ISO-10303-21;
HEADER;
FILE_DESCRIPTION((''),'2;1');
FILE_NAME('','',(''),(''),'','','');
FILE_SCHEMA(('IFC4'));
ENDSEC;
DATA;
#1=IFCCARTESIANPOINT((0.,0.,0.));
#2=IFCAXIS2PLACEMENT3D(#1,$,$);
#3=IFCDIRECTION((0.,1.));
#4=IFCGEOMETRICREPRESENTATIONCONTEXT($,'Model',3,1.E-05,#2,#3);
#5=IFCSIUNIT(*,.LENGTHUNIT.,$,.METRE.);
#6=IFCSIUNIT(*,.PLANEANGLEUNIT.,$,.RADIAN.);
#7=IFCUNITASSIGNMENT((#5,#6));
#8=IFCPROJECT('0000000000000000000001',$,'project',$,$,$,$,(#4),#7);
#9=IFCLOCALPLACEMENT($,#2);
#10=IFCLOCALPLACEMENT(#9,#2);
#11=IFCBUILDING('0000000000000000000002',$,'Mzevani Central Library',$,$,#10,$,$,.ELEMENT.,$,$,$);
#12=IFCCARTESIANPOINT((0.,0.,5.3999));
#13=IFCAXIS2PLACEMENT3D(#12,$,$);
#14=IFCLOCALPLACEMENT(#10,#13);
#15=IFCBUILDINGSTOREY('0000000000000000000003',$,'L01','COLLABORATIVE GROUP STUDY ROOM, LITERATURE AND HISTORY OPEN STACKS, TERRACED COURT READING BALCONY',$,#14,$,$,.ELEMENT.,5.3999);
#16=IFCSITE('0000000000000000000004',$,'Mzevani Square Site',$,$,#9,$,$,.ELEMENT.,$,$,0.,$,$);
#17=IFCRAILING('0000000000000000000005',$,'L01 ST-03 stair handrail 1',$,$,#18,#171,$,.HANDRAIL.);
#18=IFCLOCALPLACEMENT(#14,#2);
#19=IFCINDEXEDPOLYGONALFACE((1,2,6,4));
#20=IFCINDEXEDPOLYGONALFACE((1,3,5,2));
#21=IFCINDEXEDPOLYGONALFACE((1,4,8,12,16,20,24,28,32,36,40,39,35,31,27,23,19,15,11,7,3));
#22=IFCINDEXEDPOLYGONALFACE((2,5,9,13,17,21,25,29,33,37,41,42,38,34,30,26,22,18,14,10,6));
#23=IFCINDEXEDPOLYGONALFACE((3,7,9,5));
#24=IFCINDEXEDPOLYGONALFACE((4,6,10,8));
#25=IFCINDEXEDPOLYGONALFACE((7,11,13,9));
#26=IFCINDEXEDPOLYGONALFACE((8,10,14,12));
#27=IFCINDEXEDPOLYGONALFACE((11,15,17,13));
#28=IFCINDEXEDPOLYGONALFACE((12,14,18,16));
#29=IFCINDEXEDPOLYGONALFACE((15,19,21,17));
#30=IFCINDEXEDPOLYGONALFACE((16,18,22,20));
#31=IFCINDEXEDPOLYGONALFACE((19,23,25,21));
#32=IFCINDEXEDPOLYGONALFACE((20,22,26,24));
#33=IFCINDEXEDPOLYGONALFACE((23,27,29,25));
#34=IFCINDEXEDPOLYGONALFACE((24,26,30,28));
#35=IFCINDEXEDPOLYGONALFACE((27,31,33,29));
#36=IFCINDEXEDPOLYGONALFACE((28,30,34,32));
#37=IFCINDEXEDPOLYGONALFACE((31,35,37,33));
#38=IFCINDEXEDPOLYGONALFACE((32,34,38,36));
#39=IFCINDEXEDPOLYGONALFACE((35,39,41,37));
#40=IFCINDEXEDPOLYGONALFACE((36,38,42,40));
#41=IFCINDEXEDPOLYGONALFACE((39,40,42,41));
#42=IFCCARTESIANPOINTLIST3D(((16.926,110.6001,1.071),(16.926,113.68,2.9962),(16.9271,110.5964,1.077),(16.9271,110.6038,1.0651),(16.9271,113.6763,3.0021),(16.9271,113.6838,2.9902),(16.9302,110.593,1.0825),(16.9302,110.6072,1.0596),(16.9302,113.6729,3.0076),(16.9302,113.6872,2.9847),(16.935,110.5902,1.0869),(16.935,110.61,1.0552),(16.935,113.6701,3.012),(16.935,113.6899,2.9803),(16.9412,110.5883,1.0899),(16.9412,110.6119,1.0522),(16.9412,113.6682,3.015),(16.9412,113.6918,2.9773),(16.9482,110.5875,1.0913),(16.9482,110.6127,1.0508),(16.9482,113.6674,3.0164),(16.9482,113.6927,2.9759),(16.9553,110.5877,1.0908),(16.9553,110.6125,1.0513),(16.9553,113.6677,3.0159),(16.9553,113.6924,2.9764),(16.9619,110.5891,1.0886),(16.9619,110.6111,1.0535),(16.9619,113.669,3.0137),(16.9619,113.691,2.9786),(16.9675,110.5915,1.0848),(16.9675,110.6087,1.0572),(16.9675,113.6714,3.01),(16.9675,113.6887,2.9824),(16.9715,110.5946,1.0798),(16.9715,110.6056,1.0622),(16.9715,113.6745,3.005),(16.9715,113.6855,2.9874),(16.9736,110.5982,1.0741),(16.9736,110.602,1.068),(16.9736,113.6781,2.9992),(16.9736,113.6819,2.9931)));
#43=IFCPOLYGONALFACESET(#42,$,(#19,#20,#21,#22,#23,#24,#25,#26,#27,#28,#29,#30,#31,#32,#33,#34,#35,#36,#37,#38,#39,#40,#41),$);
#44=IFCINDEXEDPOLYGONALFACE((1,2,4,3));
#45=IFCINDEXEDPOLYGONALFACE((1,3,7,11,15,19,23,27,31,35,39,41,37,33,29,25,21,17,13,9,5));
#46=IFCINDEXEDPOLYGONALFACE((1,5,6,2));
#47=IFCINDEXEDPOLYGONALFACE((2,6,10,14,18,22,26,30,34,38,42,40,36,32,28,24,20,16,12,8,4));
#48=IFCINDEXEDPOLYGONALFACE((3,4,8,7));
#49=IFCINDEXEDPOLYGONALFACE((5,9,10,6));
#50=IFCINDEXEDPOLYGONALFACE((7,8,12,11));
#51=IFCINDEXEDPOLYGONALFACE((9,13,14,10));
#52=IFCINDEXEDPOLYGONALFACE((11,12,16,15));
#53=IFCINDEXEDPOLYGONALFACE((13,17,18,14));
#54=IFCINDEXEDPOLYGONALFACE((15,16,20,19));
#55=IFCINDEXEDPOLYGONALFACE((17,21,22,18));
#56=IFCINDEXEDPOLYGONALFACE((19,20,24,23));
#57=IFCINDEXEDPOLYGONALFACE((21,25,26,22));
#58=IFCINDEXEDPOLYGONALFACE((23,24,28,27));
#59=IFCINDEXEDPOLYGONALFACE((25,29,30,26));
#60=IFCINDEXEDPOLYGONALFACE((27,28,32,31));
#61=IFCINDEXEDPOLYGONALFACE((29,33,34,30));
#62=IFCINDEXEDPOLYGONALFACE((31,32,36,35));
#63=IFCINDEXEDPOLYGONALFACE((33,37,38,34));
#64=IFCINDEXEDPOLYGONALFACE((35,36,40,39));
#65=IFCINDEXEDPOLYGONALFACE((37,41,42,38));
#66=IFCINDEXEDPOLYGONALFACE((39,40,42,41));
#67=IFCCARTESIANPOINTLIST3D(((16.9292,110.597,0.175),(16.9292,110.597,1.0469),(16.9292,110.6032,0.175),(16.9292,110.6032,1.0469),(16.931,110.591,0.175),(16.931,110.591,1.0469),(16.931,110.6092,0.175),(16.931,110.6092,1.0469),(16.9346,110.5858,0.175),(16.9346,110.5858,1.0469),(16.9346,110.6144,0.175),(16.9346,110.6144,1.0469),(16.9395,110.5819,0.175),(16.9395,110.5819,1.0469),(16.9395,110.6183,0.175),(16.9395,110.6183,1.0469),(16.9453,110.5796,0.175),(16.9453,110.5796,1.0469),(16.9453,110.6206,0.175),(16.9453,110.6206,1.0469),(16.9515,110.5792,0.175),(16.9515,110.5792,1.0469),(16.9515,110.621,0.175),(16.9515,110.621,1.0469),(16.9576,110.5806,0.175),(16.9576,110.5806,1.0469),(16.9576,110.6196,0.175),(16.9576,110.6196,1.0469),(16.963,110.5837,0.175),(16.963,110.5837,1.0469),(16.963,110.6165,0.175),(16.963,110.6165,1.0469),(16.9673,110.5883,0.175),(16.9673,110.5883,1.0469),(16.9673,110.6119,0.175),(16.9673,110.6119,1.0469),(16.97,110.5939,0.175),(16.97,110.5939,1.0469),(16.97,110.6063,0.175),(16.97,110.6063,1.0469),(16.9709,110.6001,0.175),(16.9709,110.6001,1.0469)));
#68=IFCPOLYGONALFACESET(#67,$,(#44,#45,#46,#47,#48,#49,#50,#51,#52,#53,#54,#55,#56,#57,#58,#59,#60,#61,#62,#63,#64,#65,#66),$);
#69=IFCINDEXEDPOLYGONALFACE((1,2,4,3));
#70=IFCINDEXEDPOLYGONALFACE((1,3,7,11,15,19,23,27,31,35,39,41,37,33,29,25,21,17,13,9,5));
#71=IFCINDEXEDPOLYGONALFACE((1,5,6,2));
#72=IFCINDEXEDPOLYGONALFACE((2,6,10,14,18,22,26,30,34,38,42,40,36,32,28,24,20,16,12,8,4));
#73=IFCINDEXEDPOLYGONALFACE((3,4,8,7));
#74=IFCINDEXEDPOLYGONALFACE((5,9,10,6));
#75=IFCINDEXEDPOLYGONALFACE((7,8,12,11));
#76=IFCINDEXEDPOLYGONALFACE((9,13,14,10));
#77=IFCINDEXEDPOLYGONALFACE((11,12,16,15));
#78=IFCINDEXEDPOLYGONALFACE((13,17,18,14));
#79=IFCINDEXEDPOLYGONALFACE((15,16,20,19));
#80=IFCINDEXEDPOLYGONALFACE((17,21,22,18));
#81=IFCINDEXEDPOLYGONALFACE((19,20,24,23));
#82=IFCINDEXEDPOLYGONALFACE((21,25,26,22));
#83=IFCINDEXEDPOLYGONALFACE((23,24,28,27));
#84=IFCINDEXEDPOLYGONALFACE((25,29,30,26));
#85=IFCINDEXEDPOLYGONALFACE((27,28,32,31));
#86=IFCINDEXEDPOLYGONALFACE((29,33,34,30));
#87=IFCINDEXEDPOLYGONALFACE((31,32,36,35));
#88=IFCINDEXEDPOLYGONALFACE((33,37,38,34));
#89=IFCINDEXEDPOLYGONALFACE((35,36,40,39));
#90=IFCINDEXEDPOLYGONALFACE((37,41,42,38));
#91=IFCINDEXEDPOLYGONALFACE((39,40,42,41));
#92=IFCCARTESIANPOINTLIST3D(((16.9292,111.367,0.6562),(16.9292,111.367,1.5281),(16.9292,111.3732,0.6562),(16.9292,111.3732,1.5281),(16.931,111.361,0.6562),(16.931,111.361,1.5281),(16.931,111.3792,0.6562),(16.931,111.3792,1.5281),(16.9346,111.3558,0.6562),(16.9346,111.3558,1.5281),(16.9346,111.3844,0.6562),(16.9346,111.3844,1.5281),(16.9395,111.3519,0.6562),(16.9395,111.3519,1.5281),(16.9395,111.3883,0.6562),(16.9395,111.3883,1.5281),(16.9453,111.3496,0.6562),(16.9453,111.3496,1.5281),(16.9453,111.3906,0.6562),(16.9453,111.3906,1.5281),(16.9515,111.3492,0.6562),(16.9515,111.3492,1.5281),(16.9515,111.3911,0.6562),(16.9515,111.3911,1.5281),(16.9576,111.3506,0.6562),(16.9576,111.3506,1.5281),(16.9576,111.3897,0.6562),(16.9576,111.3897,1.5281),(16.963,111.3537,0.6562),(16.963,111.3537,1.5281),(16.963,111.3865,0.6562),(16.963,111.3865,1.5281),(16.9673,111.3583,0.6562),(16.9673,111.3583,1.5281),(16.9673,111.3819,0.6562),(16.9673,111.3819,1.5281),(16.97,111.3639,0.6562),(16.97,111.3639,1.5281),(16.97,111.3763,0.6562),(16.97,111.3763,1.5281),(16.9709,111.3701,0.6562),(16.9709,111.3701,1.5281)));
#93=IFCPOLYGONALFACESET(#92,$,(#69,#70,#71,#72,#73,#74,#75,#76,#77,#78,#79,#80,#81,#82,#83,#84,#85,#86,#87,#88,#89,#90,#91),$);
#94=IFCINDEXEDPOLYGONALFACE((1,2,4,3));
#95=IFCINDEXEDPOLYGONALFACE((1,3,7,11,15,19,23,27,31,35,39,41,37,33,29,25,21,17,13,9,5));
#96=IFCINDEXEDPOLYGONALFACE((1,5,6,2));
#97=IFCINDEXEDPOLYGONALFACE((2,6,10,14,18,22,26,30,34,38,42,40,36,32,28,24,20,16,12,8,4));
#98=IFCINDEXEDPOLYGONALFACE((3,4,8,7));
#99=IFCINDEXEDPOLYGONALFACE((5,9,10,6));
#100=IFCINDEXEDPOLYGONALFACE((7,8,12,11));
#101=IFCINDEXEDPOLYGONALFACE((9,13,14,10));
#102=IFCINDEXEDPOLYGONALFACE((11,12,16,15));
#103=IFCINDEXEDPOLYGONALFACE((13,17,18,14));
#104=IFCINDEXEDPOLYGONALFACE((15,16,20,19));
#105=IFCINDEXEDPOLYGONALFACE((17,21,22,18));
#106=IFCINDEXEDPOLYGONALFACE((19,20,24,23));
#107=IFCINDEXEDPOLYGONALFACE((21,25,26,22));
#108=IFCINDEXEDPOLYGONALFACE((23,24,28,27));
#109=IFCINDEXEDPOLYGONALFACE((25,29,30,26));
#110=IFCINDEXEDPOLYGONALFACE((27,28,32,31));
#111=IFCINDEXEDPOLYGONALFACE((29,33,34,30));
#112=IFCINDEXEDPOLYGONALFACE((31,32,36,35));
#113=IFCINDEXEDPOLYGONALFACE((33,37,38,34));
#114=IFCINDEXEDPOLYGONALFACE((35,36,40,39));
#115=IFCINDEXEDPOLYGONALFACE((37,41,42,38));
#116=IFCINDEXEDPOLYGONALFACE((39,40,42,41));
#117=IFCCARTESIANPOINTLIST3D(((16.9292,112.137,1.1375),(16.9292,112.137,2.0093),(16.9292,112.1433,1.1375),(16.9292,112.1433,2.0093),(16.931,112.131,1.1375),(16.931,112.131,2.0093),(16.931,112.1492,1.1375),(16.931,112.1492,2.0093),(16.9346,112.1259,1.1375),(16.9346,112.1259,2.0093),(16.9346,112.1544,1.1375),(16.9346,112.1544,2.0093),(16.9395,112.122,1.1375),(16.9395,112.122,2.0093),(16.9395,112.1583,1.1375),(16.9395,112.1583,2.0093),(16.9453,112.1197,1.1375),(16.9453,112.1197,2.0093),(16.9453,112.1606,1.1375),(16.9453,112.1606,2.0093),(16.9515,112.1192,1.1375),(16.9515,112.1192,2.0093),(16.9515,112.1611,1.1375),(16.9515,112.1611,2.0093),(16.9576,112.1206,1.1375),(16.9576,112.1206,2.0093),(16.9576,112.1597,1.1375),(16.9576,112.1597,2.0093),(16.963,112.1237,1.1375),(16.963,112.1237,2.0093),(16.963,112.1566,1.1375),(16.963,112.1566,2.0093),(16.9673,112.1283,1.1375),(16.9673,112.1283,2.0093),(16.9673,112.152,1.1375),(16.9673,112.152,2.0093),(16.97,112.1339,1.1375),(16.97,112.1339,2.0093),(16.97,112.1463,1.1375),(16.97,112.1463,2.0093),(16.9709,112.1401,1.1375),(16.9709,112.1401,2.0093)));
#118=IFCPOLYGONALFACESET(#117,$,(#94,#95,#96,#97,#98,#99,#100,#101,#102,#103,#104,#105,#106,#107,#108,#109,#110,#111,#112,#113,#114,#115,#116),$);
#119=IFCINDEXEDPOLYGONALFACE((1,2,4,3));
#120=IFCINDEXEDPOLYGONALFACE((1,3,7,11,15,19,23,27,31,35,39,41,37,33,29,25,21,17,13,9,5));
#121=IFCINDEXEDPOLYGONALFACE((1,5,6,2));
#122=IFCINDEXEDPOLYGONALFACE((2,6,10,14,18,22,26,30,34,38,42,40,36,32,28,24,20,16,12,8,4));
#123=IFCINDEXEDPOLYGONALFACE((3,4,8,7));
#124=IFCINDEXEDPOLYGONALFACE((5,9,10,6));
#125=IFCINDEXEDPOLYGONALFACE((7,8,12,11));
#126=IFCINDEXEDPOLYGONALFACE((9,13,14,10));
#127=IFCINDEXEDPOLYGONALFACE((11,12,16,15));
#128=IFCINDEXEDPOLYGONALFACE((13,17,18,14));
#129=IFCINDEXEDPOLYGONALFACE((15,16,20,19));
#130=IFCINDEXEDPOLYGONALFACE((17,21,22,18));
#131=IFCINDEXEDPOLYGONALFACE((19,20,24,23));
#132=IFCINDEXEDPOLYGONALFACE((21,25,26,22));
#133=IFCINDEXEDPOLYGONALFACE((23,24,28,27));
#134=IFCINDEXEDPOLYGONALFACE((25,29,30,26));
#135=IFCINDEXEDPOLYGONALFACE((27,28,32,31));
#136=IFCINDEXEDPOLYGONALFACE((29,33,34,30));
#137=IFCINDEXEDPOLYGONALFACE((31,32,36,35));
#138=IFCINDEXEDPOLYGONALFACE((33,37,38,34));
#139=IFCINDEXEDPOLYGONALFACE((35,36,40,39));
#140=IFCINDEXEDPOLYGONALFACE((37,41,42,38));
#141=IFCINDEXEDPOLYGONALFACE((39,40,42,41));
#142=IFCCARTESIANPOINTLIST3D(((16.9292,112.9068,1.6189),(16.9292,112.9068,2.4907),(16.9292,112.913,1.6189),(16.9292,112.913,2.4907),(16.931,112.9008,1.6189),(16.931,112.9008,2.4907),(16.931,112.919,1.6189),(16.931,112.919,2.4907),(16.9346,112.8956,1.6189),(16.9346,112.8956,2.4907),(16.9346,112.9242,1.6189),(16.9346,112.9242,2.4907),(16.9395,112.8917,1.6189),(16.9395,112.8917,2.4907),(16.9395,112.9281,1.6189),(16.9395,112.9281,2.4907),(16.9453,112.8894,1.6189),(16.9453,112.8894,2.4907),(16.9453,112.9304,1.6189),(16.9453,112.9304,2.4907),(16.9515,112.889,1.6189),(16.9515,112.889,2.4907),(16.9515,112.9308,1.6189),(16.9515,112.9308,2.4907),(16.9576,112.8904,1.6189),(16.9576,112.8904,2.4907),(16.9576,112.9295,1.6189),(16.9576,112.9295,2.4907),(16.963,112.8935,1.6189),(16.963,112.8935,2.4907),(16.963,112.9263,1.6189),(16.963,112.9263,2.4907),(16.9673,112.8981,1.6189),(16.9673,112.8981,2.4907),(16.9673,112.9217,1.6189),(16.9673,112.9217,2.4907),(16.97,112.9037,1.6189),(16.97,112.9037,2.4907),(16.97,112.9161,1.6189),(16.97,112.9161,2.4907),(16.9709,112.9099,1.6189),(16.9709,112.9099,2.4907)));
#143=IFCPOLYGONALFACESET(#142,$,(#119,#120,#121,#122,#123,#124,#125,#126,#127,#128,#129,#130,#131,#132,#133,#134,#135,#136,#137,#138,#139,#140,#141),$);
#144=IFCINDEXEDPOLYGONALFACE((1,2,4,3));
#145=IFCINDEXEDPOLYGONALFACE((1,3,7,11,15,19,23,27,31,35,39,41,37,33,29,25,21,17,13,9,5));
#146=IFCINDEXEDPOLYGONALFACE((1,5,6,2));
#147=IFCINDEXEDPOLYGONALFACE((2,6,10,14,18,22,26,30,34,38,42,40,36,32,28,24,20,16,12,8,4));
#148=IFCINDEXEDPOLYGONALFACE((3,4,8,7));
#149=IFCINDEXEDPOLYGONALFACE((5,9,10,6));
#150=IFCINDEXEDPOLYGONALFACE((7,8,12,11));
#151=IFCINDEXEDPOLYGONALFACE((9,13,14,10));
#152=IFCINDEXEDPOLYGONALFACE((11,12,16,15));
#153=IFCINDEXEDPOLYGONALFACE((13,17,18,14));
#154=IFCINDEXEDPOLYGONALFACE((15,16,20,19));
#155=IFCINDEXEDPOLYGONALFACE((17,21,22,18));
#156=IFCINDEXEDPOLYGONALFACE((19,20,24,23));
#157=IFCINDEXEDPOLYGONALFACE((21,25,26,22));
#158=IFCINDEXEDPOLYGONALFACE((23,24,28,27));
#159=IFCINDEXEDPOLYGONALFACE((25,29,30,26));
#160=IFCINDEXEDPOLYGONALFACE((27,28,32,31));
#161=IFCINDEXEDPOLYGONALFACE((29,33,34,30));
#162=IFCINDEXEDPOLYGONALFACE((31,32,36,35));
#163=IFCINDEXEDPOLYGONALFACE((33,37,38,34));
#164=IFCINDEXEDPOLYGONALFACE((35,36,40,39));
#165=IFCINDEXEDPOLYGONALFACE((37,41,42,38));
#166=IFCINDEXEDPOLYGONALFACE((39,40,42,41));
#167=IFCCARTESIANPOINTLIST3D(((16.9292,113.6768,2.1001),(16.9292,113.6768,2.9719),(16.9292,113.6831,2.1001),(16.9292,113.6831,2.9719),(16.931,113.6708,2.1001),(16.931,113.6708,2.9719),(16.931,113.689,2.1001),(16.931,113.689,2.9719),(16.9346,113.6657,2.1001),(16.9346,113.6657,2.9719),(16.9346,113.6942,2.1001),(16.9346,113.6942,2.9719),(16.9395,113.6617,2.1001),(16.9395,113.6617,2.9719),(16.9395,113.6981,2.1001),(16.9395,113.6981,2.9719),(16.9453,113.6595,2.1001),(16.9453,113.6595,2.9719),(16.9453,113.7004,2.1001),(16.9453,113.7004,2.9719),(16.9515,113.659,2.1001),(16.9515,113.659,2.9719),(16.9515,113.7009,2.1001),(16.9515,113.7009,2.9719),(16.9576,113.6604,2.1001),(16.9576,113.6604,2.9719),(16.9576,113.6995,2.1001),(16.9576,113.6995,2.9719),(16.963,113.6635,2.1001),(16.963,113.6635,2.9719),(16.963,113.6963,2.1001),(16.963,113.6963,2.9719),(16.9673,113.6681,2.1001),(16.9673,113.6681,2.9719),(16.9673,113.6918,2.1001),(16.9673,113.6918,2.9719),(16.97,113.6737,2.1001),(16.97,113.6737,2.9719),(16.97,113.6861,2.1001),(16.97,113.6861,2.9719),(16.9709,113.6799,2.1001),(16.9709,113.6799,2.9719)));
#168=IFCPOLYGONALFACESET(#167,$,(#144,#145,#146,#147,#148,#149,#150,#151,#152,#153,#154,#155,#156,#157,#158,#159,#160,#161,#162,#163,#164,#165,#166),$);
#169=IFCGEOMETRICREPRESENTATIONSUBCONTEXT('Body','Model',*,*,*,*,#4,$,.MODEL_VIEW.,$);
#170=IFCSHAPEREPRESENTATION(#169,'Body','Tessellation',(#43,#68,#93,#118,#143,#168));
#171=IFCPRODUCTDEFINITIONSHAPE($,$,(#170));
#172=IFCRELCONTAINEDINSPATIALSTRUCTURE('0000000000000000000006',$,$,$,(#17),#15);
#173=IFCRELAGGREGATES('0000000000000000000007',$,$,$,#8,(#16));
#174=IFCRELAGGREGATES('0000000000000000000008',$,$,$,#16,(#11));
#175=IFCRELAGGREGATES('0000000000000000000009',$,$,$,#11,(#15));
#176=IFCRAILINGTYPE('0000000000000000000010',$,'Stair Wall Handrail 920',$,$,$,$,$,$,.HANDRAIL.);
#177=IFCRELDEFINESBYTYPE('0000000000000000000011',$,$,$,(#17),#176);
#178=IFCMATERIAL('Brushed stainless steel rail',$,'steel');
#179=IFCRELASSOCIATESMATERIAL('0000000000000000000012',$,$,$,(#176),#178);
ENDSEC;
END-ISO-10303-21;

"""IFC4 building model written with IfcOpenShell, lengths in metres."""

from ifc_helpers import new_model, si_unit, direction, frame, origin, origin_2d, place, context, subcontext, project, spatial, circle, extrude, material, type_object, element, save


model = new_model("IFC4")

# Units and contexts
model_context = context("Model", 3, precision=1e-05, world=origin(), true_north=direction((0.0, 1.0)))
body_context = subcontext(model_context, "Body", "Model", "MODEL_VIEW")
ifc_project = project(units=[si_unit("LENGTHUNIT", "METRE"), si_unit("PLANEANGLEUNIT", "RADIAN")], contexts=[model_context])

# Site, building, storey
site_placement = place(None, origin())
site = spatial("IfcSite", under=ifc_project, at=site_placement, Name="Mzevani Square Site", CompositionType="ELEMENT", RefElevation=0.0)
building_placement = place(site_placement, origin())
building = spatial("IfcBuilding", under=site, at=building_placement, Name="Mzevani Central Library", CompositionType="ELEMENT")
storey_placement = place(building_placement, frame((0.0, 0.0, 5.3999)))
storey = spatial("IfcBuildingStorey", under=building, at=storey_placement, Name="L01", Description="COLLABORATIVE GROUP STUDY ROOM, LITERATURE AND HISTORY OPEN STACKS, TERRACED COURT READING BALCONY", CompositionType="ELEMENT", Elevation=5.3999)

# Railing
ifc_material_1 = material(Name="Brushed stainless steel rail", Category="steel")
railing_type_1 = type_object("IfcRailingType", Name="Stair Wall Handrail 920", PredefinedType="HANDRAIL", material=ifc_material_1)
railing_1_placement = place(storey_placement, frame((16.95, 110.6001, 0.175)))
element("IfcRailing", 1, at=railing_1_placement, inside=storey, type_object=railing_type_1, Name="L01 ST-03 stair handrail 1", PredefinedType="HANDRAIL", context=body_context, shape_type="SweptSolid", body=[
    extrude(circle(Radius=0.0239, at=origin_2d()), frame((0.0, 0.0, 0.896), z_axis=(0.0, 0.847979, 0.530029), x_axis=(-1.0, 0.0, 0.0)), (0.0, 0.0, 1.0), 3.6321),
    extrude(circle(Radius=0.021, at=origin_2d()), origin(), (0.0, 0.0, 1.0), 0.8718),
    extrude(circle(Radius=0.021, at=origin_2d()), frame((0.0, 0.77, 0.4812)), (0.0, 0.0, 1.0), 0.8718),
    extrude(circle(Radius=0.021, at=origin_2d()), frame((0.0, 1.54, 0.9624)), (0.0, 0.0, 1.0), 0.8718),
    extrude(circle(Radius=0.021, at=origin_2d()), frame((0.0, 2.3098, 1.4438)), (0.0, 0.0, 1.0), 0.8718),
    extrude(circle(Radius=0.021, at=origin_2d()), frame((0.0, 3.0798, 1.925)), (0.0, 0.0, 1.0), 0.8718),
])

save(model, "model.ifc")
